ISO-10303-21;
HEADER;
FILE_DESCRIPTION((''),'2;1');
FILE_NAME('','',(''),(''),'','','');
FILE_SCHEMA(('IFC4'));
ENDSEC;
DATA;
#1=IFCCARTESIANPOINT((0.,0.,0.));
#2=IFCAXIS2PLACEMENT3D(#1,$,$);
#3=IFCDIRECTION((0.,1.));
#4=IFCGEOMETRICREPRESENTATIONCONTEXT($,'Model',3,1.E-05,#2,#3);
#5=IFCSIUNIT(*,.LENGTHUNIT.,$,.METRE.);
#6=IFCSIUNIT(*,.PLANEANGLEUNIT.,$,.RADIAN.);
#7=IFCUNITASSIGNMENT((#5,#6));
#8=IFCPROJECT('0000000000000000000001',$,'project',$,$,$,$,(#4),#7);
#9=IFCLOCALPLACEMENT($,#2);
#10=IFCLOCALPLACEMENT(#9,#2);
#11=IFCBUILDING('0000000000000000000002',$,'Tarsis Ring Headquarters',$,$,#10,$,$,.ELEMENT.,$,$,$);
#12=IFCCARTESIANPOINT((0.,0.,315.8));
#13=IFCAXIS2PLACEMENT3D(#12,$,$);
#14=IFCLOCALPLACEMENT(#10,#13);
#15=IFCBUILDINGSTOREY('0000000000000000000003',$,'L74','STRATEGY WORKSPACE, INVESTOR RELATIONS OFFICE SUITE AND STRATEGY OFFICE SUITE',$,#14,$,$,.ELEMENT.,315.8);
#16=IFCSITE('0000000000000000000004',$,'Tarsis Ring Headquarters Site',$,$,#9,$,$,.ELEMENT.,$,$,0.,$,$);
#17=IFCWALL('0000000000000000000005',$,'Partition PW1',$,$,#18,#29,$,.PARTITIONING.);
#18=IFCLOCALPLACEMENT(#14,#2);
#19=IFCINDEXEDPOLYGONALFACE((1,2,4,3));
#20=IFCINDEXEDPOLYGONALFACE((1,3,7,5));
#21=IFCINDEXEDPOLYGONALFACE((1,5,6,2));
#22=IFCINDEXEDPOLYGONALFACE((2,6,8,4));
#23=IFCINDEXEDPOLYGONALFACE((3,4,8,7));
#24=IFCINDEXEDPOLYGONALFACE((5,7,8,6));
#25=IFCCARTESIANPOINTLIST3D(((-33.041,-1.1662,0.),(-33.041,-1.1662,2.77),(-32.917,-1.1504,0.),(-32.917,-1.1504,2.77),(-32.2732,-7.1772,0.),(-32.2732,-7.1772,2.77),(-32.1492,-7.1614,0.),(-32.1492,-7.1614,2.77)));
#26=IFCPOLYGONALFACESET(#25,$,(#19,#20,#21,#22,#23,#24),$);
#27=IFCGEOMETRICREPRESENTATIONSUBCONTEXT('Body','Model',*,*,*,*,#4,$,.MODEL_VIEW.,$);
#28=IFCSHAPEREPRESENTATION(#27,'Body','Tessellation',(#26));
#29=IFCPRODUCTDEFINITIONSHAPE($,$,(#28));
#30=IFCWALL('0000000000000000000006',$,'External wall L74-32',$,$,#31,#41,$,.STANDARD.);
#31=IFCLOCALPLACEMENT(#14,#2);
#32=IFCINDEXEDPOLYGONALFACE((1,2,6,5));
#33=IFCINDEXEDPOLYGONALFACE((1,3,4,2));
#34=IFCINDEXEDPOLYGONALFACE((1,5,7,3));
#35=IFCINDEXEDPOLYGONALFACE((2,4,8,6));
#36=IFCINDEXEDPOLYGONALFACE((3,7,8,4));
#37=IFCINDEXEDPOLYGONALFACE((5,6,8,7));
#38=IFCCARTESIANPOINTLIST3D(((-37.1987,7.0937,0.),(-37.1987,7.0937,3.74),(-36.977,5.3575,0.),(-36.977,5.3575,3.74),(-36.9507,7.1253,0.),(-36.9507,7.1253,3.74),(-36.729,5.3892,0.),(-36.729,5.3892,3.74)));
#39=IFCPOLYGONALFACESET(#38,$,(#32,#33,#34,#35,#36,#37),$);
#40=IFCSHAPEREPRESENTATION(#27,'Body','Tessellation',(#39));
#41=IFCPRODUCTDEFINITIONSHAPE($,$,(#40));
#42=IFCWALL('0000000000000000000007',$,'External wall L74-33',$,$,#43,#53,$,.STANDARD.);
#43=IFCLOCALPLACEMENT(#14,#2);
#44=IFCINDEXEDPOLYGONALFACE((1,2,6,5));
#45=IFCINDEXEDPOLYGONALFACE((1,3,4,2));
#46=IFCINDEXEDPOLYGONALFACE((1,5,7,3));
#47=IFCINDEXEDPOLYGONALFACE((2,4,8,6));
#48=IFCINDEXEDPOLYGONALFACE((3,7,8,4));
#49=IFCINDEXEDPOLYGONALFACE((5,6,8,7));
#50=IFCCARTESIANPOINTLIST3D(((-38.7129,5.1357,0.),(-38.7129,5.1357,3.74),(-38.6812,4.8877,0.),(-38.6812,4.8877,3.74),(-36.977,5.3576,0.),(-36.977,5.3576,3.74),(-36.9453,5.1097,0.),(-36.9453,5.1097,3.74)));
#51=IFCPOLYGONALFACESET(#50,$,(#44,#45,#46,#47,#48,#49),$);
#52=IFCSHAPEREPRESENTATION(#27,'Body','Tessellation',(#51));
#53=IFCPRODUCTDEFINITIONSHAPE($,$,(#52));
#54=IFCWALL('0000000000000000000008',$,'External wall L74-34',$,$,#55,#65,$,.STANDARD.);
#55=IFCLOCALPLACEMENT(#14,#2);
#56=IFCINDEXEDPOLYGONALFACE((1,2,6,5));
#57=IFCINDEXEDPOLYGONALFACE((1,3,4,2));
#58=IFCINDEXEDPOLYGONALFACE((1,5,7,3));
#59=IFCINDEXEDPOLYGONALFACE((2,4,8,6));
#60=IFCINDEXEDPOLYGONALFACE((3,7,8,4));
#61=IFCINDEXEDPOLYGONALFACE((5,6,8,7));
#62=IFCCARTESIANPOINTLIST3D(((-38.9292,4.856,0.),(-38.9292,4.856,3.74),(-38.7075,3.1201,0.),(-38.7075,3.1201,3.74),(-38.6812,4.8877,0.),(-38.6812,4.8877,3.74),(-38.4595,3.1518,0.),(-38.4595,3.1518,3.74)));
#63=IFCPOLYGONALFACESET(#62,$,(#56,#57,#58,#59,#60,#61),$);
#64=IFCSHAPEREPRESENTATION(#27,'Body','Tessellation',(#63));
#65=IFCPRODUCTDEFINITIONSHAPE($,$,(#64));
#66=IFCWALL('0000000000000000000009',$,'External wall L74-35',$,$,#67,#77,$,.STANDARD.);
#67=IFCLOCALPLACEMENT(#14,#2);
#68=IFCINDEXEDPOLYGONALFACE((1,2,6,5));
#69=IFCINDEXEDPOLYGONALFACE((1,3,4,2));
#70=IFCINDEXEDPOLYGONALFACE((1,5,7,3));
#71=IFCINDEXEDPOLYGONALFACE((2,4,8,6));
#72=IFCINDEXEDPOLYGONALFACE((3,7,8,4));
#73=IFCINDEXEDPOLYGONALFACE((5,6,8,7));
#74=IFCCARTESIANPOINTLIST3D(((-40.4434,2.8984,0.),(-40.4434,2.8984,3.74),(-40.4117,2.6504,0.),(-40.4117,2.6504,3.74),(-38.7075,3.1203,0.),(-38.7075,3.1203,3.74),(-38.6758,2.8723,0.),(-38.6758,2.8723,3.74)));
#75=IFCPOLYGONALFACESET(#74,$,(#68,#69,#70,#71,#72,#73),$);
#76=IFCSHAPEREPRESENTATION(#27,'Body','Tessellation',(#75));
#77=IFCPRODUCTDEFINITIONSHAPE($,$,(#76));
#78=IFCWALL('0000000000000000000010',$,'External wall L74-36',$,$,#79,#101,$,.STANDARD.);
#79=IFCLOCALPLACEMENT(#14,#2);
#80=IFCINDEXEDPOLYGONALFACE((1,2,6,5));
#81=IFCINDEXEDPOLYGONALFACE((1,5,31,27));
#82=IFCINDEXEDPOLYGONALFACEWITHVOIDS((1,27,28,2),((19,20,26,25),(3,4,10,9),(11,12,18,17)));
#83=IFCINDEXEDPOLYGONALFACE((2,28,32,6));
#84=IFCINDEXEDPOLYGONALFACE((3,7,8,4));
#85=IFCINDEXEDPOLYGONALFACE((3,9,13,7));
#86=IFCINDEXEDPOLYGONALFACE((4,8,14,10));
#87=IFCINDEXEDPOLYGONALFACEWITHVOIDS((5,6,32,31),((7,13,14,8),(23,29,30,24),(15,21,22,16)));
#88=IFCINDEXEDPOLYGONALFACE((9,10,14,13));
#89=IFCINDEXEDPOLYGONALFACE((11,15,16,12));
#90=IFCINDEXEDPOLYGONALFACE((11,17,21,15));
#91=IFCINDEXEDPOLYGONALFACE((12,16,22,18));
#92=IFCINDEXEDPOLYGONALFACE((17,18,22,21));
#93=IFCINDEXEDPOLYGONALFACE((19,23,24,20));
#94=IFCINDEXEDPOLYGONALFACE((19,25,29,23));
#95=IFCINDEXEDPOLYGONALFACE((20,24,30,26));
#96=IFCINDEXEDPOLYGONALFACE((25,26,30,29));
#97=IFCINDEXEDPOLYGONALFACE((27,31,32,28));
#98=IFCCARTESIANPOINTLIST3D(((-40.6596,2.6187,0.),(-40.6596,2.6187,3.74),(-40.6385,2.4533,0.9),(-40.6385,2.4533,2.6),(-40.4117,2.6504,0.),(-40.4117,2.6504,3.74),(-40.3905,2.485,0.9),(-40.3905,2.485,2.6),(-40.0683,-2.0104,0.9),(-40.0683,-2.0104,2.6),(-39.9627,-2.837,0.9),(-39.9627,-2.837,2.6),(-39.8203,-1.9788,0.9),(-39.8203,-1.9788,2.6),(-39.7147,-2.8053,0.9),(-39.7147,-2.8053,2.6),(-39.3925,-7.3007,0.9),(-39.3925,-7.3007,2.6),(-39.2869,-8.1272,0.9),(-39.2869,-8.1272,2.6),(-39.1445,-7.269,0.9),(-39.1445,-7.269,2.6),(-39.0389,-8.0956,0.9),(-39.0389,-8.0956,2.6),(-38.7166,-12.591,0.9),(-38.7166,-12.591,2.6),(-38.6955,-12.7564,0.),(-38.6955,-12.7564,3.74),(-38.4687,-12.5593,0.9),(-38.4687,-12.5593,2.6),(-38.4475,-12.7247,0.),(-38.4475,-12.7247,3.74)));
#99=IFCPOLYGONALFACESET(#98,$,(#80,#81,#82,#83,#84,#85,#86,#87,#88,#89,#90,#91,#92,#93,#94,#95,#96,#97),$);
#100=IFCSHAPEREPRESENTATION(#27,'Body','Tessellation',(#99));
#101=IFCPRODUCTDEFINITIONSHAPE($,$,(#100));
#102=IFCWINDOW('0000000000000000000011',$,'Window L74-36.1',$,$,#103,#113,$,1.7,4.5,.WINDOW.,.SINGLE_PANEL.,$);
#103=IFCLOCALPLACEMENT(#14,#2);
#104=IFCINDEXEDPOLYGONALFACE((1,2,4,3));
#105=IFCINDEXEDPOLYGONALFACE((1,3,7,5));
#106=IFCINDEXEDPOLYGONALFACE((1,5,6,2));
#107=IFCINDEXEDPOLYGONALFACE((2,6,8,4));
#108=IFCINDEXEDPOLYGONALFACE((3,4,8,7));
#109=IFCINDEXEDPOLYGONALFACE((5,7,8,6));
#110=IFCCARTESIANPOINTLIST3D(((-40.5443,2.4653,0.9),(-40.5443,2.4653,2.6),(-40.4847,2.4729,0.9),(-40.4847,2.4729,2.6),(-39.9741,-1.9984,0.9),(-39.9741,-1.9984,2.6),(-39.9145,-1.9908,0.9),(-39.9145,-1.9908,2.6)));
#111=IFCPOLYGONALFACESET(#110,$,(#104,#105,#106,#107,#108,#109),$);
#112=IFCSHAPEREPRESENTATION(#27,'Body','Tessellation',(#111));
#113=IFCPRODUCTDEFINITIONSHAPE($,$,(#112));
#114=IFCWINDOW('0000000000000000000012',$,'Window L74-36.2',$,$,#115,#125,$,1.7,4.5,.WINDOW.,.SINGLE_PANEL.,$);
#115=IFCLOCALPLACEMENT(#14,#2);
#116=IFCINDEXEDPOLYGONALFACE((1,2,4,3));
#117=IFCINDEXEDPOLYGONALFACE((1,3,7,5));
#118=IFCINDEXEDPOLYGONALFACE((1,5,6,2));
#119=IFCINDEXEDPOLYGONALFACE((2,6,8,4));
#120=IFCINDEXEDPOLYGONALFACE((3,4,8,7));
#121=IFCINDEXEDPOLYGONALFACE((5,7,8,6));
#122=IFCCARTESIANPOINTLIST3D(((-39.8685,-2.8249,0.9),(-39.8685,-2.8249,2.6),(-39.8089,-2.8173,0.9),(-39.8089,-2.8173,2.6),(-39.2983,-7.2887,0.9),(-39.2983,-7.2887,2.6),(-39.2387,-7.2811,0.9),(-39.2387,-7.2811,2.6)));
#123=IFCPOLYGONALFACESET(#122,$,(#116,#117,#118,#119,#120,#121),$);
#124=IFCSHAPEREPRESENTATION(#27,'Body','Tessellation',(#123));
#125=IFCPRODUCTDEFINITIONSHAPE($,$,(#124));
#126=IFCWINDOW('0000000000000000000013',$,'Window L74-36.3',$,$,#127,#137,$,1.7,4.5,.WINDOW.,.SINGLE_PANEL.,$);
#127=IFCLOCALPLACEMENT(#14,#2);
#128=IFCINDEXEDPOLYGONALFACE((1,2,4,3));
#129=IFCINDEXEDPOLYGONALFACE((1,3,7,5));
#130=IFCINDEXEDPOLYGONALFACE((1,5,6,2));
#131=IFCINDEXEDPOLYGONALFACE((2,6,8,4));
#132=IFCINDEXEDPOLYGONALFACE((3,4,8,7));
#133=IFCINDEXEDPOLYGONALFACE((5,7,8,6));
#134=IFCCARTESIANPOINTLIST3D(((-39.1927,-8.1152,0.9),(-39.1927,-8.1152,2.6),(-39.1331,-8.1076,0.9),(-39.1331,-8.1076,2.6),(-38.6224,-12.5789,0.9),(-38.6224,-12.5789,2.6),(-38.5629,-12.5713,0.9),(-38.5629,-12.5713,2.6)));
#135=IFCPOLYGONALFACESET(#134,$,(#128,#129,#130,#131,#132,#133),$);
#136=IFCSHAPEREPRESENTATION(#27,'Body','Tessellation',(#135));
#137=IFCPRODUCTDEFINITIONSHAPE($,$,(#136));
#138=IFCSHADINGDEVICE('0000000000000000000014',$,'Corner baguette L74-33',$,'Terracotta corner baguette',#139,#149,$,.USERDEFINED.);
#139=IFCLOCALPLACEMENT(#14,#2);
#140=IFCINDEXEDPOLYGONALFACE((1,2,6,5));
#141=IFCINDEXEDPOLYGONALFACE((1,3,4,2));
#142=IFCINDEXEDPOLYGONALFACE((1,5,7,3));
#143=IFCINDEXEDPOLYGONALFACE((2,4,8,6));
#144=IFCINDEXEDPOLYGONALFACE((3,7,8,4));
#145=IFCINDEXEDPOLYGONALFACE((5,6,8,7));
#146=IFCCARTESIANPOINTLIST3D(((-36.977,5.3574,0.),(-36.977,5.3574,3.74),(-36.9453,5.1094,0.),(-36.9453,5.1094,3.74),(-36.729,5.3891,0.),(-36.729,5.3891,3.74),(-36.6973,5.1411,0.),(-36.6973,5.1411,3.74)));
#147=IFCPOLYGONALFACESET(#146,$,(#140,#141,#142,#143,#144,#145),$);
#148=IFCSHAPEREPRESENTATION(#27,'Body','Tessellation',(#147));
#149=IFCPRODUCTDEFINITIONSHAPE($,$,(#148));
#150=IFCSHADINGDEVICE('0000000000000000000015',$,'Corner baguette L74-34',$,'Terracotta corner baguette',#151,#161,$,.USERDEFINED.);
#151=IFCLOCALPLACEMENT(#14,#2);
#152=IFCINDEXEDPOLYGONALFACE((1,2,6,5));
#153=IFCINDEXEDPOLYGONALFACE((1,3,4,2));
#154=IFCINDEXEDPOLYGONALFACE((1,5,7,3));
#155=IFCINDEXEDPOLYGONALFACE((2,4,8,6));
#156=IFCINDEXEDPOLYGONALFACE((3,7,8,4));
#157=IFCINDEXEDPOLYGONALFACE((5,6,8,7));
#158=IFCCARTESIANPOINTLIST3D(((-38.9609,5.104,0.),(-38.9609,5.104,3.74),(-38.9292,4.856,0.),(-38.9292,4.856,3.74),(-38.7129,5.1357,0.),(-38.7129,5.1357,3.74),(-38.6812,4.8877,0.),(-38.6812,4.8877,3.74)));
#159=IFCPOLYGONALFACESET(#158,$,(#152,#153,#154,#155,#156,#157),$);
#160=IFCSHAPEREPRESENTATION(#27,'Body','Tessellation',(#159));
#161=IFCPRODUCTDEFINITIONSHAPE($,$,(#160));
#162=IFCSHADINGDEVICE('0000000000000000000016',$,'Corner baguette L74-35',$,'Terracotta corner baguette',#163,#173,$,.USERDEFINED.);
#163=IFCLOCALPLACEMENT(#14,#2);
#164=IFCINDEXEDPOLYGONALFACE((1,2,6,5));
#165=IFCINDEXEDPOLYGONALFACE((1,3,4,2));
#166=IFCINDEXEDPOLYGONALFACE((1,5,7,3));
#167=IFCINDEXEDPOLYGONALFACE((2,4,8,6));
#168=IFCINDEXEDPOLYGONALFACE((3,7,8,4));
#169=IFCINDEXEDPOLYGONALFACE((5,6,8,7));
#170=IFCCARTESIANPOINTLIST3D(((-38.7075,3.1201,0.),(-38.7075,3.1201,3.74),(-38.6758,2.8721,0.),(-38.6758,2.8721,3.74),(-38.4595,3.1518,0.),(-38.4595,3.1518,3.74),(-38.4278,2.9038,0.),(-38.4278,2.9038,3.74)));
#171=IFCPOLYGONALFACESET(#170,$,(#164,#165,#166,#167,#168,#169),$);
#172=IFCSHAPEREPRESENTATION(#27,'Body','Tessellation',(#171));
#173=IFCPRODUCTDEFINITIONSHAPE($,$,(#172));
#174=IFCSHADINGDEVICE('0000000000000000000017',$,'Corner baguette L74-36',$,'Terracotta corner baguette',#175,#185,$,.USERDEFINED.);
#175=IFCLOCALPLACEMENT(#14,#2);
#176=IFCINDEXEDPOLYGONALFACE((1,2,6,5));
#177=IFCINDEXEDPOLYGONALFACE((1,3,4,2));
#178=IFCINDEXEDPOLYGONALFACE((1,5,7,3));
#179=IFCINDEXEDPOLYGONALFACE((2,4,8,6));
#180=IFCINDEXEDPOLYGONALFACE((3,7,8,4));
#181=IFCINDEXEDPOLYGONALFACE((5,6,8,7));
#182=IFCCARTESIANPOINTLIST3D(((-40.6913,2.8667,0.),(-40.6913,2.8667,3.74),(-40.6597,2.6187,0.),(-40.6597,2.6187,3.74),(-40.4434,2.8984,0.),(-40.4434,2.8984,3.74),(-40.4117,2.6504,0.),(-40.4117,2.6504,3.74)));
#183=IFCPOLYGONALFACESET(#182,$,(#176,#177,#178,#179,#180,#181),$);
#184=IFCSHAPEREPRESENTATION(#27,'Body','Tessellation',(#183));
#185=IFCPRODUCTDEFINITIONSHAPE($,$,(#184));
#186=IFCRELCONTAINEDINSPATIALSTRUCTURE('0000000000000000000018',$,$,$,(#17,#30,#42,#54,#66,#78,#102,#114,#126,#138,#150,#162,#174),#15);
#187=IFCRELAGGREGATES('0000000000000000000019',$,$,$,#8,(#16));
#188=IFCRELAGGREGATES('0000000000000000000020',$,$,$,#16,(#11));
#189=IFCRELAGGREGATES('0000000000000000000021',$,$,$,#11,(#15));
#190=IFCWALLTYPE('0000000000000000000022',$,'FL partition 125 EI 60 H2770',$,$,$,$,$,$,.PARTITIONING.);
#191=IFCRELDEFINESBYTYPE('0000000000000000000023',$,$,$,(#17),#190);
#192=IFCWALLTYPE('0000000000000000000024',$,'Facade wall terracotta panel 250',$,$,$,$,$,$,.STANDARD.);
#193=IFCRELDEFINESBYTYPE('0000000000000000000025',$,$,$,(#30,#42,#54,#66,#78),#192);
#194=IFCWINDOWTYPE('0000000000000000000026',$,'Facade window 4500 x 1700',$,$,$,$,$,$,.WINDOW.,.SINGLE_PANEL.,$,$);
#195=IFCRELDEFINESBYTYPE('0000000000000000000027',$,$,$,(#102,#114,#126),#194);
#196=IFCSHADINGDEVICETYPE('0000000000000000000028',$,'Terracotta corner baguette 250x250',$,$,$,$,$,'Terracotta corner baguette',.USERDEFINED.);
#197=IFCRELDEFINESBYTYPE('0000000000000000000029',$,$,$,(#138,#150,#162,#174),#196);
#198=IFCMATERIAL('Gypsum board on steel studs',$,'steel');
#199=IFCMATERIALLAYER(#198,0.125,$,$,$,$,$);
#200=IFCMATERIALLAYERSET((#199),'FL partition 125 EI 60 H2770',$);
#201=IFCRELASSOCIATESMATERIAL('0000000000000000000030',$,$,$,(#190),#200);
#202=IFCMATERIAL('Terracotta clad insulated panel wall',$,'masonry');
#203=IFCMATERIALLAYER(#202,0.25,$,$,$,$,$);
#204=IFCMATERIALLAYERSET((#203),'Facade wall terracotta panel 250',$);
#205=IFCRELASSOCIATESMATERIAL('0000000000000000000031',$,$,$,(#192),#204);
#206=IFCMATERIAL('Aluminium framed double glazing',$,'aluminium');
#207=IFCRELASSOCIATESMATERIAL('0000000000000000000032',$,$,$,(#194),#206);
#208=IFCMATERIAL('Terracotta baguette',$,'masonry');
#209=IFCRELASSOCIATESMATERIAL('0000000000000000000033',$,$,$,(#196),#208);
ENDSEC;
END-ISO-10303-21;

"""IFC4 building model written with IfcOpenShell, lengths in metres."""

from ifc_helpers import new_model, si_unit, direction, frame, frame_2d, origin, origin_2d, place, context, subcontext, project, spatial, rectangle, extrude, material, layer, layer_set, type_object, element, fill, save


model = new_model("IFC4")

# Units and contexts
model_context = context("Model", 3, precision=1e-05, world=origin(), true_north=direction((0.0, 1.0)))
body_context = subcontext(model_context, "Body", "Model", "MODEL_VIEW")
ifc_project = project(units=[si_unit("LENGTHUNIT", "METRE"), si_unit("PLANEANGLEUNIT", "RADIAN")], contexts=[model_context])

# Site, building, storey
site_placement = place(None, origin())
site = spatial("IfcSite", under=ifc_project, at=site_placement, Name="Tarsis Ring Headquarters Site", CompositionType="ELEMENT", RefElevation=0.0)
building_placement = place(site_placement, origin())
building = spatial("IfcBuilding", under=site, at=building_placement, Name="Tarsis Ring Headquarters", CompositionType="ELEMENT")
storey_placement = place(building_placement, frame((0.0, 0.0, 315.8)))
storey = spatial("IfcBuildingStorey", under=building, at=storey_placement, Name="L74", Description="STRATEGY WORKSPACE, INVESTOR RELATIONS OFFICE SUITE AND STRATEGY OFFICE SUITE", CompositionType="ELEMENT", Elevation=315.8)

# Shared definitions
ifc_material_1 = material(Name="Gypsum board on steel studs", Category="steel")

# Shared definitions
ifc_layer_1 = layer(ifc_material_1, 0.125)
ifc_layer_set_1 = layer_set([ifc_layer_1], Name="FL partition 125 EI 60 H2770")
wall_type_1 = type_object("IfcWallType", Name="FL partition 125 EI 60 H2770", PredefinedType="PARTITIONING", material=ifc_layer_set_1)

# Walls
wall_1_placement = place(storey_placement, frame((-32.979, -1.1584, 0.0), z_axis=(0.0, 0.0, 1.0), x_axis=(0.126707, -0.99194, 0.0)))
element("IfcWall", 1, at=wall_1_placement, inside=storey, type_object=wall_type_1, Name="Partition PW1", PredefinedType="PARTITIONING", context=body_context, shape_type="SweptSolid", body=[
    extrude(rectangle(XDim=6.0598, YDim=0.125, at=frame_2d((3.0298, 0.0))), origin(), (0.0, 0.0, 1.0), 2.77),
])
ifc_material_2 = material(Name="Terracotta clad insulated panel wall", Category="masonry")
ifc_layer_2 = layer(ifc_material_2, 0.25)
ifc_layer_set_2 = layer_set([ifc_layer_2], Name="Facade wall terracotta panel 250")
wall_type_2 = type_object("IfcWallType", Name="Facade wall terracotta panel 250", PredefinedType="STANDARD", material=ifc_layer_set_2)
wall_2_placement = place(storey_placement, frame((-37.0747, 7.1094, 0.0), z_axis=(0.0, 0.0, 1.0), x_axis=(0.126661, -0.991946, 0.0)))
element("IfcWall", 2, at=wall_2_placement, inside=storey, type_object=wall_type_2, Name="External wall L74-32", PredefinedType="STANDARD", context=body_context, shape_type="SweptSolid", body=[
    extrude(rectangle(XDim=1.7502, YDim=0.25, at=frame_2d((0.875, 0.0))), origin(), (0.0, 0.0, 1.0), 3.74),
])
for number, where, z_axis, x_axis, name in (
    (3, (-36.9612, 5.2336, 0.0), (0.0, 0.0, 1.0), (-0.991926, -0.126816, 0.0), "External wall L74-33"),
    (4, (-38.8052, 4.8718, 0.0), (0.0, 0.0, 1.0), (0.126679, -0.991944, 0.0), "External wall L74-34"),
    (5, (-38.6917, 2.9963, 0.0), (0.0, 0.0, 1.0), (-0.991926, -0.126816, 0.0), "External wall L74-35"),
):
    element("IfcWall", number, at=place(storey_placement, frame(where, z_axis=z_axis, x_axis=x_axis)), inside=storey, type_object=wall_type_2, Name=name, PredefinedType="STANDARD", context=body_context, shape_type="SweptSolid", body=[
        extrude(rectangle(XDim=1.75, YDim=0.25, at=frame_2d((0.875, 0.0))), origin(), (0.0, 0.0, 1.0), 3.74),
    ])

# Wall, openings, windows
wall_3_placement = place(storey_placement, frame((-40.5356, 2.6345, 0.0), z_axis=(0.0, 0.0, 1.0), x_axis=(0.126717, -0.991939, 0.0)))
wall_3 = element("IfcWall", 6, at=wall_3_placement, inside=storey, type_object=wall_type_2, Name="External wall L74-36", PredefinedType="STANDARD", context=body_context, shape_type="SweptSolid", body=[
    extrude(rectangle(XDim=15.5, YDim=0.25, at=frame_2d((7.75, 0.0))), origin(), (0.0, 0.0, 1.0), 3.74),
])
opening_1_placement = place(wall_3_placement, frame((0.1667, 0.0, 0.8999)))
opening_1 = element("IfcOpeningElement", 7, at=opening_1_placement, cuts=wall_3, PredefinedType="OPENING", context=body_context, shape_type="SweptSolid", body=[
    extrude(rectangle(XDim=4.5, YDim=1.7, at=frame_2d((2.25, 0.8501))), frame((0.0, 0.135, 0.0), z_axis=(0.0, -1.0, 0.0), x_axis=(1.0, 0.0, 0.0)), (0.0, 0.0, 1.0), 0.27),
])
opening_2_placement = place(wall_3_placement, frame((5.5, 0.0, 0.8999)))
opening_2 = element("IfcOpeningElement", 8, at=opening_2_placement, cuts=wall_3, PredefinedType="OPENING", context=body_context, shape_type="SweptSolid", body=[
    extrude(rectangle(XDim=4.5, YDim=1.7, at=frame_2d((2.25, 0.8501))), frame((0.0, 0.135, 0.0), z_axis=(0.0, -1.0, 0.0), x_axis=(1.0, 0.0, 0.0)), (0.0, 0.0, 1.0), 0.27),
])
opening_3_placement = place(wall_3_placement, frame((10.8333, 0.0, 0.8999)))
opening_3 = element("IfcOpeningElement", 9, at=opening_3_placement, cuts=wall_3, PredefinedType="OPENING", context=body_context, shape_type="SweptSolid", body=[
    extrude(rectangle(XDim=4.5, YDim=1.7, at=frame_2d((2.25, 0.8501))), frame((0.0, 0.135, 0.0), z_axis=(0.0, -1.0, 0.0), x_axis=(1.0, 0.0, 0.0)), (0.0, 0.0, 1.0), 0.27),
])
ifc_material_3 = material(Name="Aluminium framed double glazing", Category="aluminium")
window_type = type_object("IfcWindowType", Name="Facade window 4500 x 1700", PartitioningType="SINGLE_PANEL", PredefinedType="WINDOW", material=ifc_material_3)
window_1_placement = place(opening_1_placement, origin())
window_1 = element("IfcWindow", 10, at=window_1_placement, inside=storey, type_object=window_type, Name="Window L74-36.1", OverallHeight=1.7, OverallWidth=4.5, PartitioningType="SINGLE_PANEL", PredefinedType="WINDOW", context=body_context, shape_type="SweptSolid", body=[
    extrude(rectangle(XDim=4.5, YDim=1.7, at=frame_2d((2.25, 0.8501))), frame((0.0, 0.03, 0.0), z_axis=(0.0, -1.0, 0.0), x_axis=(1.0, 0.0, 0.0)), (0.0, 0.0, 1.0), 0.0601),
])
fill(opening_1, window_1)
window_2_placement = place(opening_2_placement, origin())
window_2 = element("IfcWindow", 11, at=window_2_placement, inside=storey, type_object=window_type, Name="Window L74-36.2", OverallHeight=1.7, OverallWidth=4.5, PartitioningType="SINGLE_PANEL", PredefinedType="WINDOW", context=body_context, shape_type="SweptSolid", body=[
    extrude(rectangle(XDim=4.5, YDim=1.7, at=frame_2d((2.25, 0.8501))), frame((0.0, 0.03, 0.0), z_axis=(0.0, -1.0, 0.0), x_axis=(1.0, 0.0, 0.0)), (0.0, 0.0, 1.0), 0.0601),
])
fill(opening_2, window_2)
window_3_placement = place(opening_3_placement, origin())
window_3 = element("IfcWindow", 12, at=window_3_placement, inside=storey, type_object=window_type, Name="Window L74-36.3", OverallHeight=1.7, OverallWidth=4.5, PartitioningType="SINGLE_PANEL", PredefinedType="WINDOW", context=body_context, shape_type="SweptSolid", body=[
    extrude(rectangle(XDim=4.5, YDim=1.7, at=frame_2d((2.25, 0.8501))), frame((0.0, 0.03, 0.0), z_axis=(0.0, -1.0, 0.0), x_axis=(1.0, 0.0, 0.0)), (0.0, 0.0, 1.0), 0.0601),
])
fill(opening_3, window_3)

# Shading devices
ifc_material_4 = material(Name="Terracotta baguette", Category="masonry")
shading_device_type_1 = type_object("IfcShadingDeviceType", Name="Terracotta corner baguette 250x250", ElementType="Terracotta corner baguette", PredefinedType="USERDEFINED", material=ifc_material_4)
for number, where, z_axis, x_axis, name in (
    (13, (-36.8372, 5.2493, 0.0), (0.0, 0.0, 1.0), (0.126718, -0.991939, 0.0), "Corner baguette L74-33"),
    (14, (-38.821, 4.9958, 0.0), (0.0, 0.0, 1.0), (-0.991939, -0.126718, 0.0), "Corner baguette L74-34"),
    (15, (-38.5676, 3.012, 0.0), (0.0, 0.0, 1.0), (0.126719, -0.991939, 0.0), "Corner baguette L74-35"),
    (16, (-40.5515, 2.7585, 0.0), (0.0, 0.0, 1.0), (-0.991939, -0.126718, 0.0), "Corner baguette L74-36"),
):
    element("IfcShadingDevice", number, at=place(storey_placement, frame(where, z_axis=z_axis, x_axis=x_axis)), inside=storey, type_object=shading_device_type_1, Name=name, ObjectType="Terracotta corner baguette", PredefinedType="USERDEFINED", context=body_context, shape_type="SweptSolid", body=[
        extrude(rectangle(XDim=0.25, YDim=0.25, at=origin_2d()), origin(), (0.0, 0.0, 1.0), 3.74),
    ])

save(model, "model.ifc")
